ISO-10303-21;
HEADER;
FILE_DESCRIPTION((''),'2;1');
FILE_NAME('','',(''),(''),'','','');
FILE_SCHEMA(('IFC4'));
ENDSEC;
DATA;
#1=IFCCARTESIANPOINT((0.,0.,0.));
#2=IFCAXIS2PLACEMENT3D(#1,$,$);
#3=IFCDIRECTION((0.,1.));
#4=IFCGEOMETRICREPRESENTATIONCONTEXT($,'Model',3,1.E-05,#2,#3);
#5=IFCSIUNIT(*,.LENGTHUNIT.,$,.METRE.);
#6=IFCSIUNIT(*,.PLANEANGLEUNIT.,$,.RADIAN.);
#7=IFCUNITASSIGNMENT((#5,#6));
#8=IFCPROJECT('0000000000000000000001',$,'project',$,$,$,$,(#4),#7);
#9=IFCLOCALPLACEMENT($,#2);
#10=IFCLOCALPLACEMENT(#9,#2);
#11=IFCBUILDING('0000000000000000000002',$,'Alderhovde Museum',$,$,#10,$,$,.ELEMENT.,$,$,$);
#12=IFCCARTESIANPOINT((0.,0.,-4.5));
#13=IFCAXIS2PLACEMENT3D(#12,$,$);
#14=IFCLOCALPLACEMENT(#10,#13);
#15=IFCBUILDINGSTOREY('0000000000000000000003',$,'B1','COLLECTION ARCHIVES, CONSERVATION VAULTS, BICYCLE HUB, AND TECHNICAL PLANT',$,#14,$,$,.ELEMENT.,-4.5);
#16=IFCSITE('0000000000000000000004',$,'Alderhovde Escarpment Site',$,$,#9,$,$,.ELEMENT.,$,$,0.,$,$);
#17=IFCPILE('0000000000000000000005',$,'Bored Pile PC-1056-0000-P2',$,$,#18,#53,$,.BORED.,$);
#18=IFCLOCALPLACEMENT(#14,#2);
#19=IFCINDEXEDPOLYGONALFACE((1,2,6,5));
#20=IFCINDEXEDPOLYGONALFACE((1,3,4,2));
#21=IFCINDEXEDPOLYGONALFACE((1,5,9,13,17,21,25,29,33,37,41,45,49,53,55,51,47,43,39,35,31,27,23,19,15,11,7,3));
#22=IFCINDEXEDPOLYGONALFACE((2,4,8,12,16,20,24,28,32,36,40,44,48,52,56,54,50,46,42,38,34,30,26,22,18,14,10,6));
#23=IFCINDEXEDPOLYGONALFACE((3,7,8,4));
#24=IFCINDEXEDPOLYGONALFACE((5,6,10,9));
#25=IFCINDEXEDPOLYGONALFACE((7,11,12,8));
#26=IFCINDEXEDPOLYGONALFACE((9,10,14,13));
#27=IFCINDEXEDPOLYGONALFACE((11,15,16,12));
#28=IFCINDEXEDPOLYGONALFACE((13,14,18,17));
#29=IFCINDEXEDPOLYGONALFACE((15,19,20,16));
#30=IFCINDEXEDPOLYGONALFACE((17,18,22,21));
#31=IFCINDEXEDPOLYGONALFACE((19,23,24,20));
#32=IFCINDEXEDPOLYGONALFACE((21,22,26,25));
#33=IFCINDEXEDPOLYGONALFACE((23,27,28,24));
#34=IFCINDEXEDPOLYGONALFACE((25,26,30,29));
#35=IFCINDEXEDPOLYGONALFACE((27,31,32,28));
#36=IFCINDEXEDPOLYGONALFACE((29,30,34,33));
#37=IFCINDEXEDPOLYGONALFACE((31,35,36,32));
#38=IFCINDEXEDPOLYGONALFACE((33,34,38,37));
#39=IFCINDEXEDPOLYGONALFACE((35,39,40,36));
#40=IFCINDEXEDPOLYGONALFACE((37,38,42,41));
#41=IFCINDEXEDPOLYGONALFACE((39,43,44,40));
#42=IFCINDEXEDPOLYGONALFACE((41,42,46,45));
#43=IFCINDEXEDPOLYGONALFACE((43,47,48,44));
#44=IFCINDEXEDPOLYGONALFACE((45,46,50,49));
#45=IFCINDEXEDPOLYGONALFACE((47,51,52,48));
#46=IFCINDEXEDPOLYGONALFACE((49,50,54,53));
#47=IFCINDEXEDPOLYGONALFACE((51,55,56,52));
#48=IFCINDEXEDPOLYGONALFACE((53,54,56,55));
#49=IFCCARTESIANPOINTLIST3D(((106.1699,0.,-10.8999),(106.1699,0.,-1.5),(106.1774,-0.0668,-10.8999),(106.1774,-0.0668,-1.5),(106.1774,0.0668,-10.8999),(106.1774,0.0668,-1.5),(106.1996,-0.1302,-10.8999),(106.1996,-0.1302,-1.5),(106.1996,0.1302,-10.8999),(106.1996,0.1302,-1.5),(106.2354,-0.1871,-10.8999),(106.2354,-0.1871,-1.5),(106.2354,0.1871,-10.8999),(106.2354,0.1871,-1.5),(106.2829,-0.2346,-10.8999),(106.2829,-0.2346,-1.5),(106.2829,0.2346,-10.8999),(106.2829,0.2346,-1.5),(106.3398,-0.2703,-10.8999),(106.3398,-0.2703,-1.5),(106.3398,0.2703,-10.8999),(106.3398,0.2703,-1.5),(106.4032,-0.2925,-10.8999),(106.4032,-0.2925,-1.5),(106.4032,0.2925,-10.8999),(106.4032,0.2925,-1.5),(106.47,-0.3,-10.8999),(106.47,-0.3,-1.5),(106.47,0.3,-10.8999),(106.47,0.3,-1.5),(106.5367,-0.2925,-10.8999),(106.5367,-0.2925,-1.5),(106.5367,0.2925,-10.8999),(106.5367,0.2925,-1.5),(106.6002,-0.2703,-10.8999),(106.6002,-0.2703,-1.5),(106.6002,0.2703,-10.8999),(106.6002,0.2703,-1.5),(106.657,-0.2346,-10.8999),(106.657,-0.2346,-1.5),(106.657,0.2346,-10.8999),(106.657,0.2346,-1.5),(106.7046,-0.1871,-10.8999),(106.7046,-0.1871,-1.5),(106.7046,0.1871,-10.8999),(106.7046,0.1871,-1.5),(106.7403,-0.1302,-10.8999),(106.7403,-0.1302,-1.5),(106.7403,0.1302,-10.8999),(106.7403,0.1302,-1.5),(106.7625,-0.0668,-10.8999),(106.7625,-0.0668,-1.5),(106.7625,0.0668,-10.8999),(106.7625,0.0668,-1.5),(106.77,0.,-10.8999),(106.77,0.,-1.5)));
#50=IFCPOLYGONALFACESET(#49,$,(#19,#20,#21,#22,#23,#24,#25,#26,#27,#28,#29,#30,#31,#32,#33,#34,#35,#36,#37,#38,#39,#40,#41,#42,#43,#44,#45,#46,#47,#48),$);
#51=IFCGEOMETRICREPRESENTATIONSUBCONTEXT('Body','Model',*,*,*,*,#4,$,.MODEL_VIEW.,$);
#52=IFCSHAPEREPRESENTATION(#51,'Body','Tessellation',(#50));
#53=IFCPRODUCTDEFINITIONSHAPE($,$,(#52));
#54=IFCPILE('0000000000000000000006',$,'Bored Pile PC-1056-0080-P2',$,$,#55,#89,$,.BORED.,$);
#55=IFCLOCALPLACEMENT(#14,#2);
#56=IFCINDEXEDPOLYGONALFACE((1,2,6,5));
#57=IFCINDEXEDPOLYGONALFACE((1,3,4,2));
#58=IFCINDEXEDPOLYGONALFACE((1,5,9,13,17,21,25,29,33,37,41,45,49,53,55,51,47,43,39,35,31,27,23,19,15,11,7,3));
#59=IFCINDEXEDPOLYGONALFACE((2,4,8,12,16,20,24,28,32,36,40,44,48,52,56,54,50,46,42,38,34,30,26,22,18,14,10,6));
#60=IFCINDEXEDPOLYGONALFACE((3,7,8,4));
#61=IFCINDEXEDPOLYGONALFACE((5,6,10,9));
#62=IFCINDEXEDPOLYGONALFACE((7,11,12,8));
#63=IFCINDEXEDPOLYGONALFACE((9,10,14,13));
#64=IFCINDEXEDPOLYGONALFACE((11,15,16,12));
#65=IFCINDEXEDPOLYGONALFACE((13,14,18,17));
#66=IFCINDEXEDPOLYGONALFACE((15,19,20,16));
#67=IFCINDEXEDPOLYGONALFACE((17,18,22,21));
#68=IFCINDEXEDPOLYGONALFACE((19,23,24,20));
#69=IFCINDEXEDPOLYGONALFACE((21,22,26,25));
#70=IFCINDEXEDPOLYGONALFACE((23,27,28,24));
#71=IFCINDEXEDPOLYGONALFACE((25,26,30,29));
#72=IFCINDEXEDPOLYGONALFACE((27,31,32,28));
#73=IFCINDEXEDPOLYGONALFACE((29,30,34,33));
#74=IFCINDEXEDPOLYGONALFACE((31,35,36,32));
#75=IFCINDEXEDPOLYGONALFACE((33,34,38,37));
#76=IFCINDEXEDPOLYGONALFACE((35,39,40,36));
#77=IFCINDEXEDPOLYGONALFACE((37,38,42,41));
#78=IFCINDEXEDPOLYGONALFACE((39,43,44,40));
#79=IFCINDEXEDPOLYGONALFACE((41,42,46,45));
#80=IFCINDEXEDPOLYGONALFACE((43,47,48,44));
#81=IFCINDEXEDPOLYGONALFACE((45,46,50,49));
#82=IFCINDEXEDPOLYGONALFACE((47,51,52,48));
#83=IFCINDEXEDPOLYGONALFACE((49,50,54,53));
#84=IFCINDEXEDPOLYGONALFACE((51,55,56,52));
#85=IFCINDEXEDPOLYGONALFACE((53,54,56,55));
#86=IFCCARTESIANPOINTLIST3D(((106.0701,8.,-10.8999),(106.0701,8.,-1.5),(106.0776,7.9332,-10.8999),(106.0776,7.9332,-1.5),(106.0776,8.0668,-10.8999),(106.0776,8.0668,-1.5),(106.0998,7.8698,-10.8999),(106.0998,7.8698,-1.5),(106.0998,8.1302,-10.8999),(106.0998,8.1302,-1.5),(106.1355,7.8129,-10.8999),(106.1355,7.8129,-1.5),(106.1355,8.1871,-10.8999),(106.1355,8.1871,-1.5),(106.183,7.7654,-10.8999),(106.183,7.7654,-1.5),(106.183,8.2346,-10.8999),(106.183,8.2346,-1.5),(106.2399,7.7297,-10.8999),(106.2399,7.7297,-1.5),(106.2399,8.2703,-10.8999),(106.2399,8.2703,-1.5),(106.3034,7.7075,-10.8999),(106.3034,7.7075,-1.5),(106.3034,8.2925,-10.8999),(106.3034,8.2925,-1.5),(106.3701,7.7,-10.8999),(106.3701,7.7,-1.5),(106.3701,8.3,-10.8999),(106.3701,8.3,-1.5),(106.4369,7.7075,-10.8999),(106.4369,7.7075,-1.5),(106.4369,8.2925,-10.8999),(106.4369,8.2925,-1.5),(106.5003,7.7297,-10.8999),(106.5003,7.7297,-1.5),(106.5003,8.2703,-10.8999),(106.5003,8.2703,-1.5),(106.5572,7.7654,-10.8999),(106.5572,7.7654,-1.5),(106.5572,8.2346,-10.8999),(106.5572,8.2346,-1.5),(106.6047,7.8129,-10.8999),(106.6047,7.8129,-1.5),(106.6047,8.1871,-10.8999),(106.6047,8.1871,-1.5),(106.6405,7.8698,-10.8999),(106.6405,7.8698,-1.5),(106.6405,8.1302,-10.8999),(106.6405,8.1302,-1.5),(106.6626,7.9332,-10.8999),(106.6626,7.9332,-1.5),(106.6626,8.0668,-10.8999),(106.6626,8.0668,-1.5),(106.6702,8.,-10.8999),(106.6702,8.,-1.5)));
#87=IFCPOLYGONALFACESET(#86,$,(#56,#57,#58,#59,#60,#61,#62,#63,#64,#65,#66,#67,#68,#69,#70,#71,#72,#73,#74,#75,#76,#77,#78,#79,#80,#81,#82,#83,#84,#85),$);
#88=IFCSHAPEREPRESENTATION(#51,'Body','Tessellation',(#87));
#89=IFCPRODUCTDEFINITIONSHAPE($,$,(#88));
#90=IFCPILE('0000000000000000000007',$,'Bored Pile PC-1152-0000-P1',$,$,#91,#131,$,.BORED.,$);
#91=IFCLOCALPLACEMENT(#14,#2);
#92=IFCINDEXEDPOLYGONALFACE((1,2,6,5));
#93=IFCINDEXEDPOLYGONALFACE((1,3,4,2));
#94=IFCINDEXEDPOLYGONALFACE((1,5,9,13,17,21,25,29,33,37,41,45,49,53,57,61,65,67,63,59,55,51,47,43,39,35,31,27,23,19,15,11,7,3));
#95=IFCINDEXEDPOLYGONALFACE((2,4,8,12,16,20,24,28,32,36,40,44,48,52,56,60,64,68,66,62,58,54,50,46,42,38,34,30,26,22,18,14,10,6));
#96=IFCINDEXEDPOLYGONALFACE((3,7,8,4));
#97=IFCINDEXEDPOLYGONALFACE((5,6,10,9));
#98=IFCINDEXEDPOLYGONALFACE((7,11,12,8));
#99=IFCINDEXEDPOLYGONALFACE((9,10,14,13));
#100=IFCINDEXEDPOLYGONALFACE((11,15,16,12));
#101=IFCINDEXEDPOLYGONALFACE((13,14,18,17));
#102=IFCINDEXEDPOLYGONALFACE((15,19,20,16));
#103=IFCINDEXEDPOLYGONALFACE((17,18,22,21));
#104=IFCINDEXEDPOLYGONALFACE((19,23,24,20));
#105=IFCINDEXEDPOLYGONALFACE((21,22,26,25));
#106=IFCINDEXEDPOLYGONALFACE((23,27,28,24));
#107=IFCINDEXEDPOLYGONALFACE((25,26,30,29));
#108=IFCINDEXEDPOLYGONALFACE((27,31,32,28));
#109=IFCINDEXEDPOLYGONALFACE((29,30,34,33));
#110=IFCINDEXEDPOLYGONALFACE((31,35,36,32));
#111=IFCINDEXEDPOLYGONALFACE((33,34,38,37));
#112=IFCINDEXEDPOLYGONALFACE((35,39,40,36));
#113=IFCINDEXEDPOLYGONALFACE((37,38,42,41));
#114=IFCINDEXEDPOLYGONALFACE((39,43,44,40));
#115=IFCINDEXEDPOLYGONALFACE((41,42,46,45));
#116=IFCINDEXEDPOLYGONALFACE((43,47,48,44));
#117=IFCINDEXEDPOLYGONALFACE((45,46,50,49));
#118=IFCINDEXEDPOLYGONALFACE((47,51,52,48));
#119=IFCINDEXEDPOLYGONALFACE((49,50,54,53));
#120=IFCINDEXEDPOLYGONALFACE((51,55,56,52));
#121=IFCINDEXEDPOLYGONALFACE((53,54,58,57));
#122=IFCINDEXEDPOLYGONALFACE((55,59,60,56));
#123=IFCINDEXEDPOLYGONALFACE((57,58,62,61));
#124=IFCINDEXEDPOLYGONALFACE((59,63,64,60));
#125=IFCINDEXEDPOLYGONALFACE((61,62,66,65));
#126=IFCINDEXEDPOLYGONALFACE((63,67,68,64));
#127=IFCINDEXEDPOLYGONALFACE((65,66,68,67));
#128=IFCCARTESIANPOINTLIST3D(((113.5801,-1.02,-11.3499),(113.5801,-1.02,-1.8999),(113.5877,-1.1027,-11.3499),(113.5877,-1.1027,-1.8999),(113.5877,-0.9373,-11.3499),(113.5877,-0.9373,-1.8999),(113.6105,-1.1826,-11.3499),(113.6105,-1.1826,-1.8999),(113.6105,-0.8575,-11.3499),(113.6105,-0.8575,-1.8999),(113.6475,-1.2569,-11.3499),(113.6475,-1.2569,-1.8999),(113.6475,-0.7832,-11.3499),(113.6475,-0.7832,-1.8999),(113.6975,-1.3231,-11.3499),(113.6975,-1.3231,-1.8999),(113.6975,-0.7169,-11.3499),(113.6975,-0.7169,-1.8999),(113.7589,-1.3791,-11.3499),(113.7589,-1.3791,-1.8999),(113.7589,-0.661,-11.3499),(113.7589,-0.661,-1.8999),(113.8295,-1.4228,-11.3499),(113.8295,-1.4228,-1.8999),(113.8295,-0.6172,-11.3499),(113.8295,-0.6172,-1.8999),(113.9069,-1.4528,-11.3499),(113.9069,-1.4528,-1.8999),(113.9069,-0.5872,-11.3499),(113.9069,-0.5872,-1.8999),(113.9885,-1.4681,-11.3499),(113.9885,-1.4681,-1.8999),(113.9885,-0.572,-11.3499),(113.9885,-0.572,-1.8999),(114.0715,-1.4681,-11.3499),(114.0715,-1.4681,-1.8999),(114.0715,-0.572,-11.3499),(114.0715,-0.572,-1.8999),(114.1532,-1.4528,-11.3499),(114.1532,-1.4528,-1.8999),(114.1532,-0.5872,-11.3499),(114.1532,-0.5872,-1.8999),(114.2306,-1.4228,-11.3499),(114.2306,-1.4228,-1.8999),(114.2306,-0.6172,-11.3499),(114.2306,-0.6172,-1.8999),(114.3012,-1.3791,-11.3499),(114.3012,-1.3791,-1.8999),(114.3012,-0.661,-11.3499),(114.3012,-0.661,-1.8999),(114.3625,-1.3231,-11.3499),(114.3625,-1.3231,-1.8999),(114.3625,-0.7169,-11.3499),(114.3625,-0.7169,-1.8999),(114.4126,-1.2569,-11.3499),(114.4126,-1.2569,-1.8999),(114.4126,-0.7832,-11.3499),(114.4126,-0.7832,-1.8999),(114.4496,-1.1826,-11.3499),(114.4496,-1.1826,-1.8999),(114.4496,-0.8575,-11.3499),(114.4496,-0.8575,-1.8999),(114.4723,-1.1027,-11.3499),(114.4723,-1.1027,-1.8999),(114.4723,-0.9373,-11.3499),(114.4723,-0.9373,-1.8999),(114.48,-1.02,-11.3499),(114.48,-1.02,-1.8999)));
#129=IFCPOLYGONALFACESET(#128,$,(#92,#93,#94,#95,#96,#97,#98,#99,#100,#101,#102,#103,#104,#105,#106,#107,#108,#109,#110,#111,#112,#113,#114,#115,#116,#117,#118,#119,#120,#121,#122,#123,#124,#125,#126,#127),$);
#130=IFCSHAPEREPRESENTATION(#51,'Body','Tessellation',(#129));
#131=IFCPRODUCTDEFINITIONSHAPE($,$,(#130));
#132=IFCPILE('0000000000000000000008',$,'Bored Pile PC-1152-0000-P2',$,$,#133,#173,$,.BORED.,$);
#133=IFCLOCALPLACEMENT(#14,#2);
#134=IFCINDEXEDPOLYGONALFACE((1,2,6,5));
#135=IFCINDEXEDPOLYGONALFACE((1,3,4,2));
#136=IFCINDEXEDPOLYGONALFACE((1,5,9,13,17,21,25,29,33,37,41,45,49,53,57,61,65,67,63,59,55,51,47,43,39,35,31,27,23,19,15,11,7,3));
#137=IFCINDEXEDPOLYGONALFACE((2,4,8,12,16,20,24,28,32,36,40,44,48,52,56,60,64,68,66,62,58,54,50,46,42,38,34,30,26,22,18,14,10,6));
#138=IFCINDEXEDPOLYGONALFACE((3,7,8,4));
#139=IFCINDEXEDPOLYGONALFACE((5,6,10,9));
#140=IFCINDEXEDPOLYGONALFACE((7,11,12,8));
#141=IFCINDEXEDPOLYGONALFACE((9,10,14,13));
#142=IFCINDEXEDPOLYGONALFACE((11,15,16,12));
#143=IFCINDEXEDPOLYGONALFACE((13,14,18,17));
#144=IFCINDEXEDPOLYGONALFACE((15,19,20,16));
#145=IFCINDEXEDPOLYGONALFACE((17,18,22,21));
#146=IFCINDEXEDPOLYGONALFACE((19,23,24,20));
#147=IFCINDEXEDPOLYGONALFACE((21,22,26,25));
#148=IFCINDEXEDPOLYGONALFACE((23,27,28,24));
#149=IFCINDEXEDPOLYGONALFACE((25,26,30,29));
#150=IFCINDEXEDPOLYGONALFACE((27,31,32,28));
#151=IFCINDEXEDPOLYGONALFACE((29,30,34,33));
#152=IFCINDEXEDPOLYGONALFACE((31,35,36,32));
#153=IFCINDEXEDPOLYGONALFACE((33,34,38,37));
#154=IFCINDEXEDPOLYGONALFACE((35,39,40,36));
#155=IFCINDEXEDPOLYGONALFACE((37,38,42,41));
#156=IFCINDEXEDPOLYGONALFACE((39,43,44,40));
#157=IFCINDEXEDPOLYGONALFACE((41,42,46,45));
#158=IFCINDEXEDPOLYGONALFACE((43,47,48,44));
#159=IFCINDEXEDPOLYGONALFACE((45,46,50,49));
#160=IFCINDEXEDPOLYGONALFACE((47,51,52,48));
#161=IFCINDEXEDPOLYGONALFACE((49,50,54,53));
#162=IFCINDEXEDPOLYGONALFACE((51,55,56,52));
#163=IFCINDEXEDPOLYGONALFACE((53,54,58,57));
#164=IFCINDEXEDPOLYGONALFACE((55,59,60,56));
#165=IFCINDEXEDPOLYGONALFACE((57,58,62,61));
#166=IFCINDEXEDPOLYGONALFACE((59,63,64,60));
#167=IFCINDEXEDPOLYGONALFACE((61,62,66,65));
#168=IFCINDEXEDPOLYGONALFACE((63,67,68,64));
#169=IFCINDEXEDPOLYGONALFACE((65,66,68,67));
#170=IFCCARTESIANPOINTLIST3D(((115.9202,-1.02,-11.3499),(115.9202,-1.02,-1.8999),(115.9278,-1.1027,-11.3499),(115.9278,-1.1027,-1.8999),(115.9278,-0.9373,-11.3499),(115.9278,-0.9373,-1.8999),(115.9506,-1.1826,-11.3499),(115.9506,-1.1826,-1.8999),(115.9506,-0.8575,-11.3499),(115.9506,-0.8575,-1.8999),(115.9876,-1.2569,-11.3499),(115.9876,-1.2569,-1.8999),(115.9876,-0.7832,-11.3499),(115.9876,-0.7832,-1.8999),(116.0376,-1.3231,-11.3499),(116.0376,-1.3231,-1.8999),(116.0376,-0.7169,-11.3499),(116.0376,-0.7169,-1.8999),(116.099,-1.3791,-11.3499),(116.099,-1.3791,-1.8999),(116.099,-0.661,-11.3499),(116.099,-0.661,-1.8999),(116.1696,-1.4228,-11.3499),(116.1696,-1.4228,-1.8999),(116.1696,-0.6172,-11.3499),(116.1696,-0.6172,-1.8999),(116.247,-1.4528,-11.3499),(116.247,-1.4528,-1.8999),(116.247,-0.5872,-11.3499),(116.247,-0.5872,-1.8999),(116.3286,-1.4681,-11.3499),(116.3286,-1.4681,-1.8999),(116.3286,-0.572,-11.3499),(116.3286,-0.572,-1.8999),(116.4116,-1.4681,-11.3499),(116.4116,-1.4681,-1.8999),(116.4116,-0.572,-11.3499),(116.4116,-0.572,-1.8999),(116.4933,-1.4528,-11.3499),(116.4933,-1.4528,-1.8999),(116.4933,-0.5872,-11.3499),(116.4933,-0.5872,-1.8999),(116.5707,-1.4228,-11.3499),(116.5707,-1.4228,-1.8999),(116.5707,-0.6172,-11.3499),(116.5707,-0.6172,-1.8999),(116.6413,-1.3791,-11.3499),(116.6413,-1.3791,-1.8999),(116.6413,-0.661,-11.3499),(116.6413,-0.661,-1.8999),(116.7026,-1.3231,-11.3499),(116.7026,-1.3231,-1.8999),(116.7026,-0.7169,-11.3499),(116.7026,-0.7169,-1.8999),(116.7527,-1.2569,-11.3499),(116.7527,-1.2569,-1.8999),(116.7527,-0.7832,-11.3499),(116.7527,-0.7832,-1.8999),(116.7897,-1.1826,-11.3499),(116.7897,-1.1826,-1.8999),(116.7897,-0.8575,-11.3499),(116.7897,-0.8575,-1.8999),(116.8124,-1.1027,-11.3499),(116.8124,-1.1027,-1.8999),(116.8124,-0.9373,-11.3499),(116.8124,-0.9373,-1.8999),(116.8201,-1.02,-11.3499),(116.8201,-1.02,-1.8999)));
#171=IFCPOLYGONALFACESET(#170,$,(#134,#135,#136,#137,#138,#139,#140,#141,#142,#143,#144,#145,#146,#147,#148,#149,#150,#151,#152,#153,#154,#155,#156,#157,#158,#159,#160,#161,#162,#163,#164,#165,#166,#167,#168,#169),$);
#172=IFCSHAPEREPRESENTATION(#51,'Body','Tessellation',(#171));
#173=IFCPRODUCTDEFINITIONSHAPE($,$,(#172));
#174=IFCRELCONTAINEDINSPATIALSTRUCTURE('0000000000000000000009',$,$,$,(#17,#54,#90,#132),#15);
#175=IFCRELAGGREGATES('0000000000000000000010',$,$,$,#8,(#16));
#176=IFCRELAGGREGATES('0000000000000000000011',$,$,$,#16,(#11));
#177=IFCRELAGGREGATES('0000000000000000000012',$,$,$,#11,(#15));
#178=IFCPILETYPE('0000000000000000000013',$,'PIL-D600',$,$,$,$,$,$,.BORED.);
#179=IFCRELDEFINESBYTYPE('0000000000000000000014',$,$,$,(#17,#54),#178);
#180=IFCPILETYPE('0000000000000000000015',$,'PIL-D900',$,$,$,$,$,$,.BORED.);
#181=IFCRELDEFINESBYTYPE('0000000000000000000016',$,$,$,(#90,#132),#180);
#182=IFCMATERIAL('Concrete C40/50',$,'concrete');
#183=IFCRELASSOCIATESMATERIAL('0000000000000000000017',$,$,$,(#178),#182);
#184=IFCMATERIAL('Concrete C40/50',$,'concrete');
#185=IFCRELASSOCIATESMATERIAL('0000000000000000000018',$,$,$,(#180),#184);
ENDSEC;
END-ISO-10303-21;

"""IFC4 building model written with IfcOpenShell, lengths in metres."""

from ifc_helpers import new_model, si_unit, direction, frame, origin, origin_2d, place, context, subcontext, project, spatial, circle, extrude, material, material_profile, profile_set, type_object, element, save


model = new_model("IFC4")

# Units and contexts
model_context = context("Model", 3, precision=1e-05, world=origin(), true_north=direction((0.0, 1.0)))
body_context = subcontext(model_context, "Body", "Model", "MODEL_VIEW")
ifc_project = project(units=[si_unit("LENGTHUNIT", "METRE"), si_unit("PLANEANGLEUNIT", "RADIAN")], contexts=[model_context])

# Site, building, storey
site_placement = place(None, origin())
site = spatial("IfcSite", under=ifc_project, at=site_placement, Name="Alderhovde Escarpment Site", CompositionType="ELEMENT", RefElevation=0.0)
building_placement = place(site_placement, origin())
building = spatial("IfcBuilding", under=site, at=building_placement, Name="Alderhovde Museum", CompositionType="ELEMENT")
storey_placement = place(building_placement, frame((0.0, 0.0, -4.5)))
storey = spatial("IfcBuildingStorey", under=building, at=storey_placement, Name="B1", Description="COLLECTION ARCHIVES, CONSERVATION VAULTS, BICYCLE HUB, AND TECHNICAL PLANT", CompositionType="ELEMENT", Elevation=-4.5)

# Piles
ifc_material_1 = material(Name="Concrete C40/50", Category="concrete")
ifc_material_profile_1 = material_profile(ifc_material_1, circle(Radius=0.3, at=origin_2d()), Name="PILE-D600")
ifc_profile_set_1 = profile_set([ifc_material_profile_1], Name="Concrete C40/50")
pile_type_1 = type_object("IfcPileType", Name="PIL-D600", PredefinedType="BORED", material=ifc_profile_set_1)
for number, where, z_axis, x_axis, name in (
    (1, (106.47, 0.0, -1.5), (0.0, 0.0, -1.0), (1.0, 0.0, 0.0), "Bored Pile PC-1056-0000-P2"),
    (2, (106.3701, 8.0, -1.5), (0.0, 0.0, -1.0), (1.0, 0.0, 0.0), "Bored Pile PC-1056-0080-P2"),
):
    element("IfcPile", number, at=place(storey_placement, frame(where, z_axis=z_axis, x_axis=x_axis)), inside=storey, type_object=pile_type_1, Name=name, PredefinedType="BORED", context=body_context, shape_type="SweptSolid", body=[
        extrude(circle(Radius=0.3, at=origin_2d()), origin(), (0.0, 0.0, 1.0), 9.3999),
    ])
ifc_material_2 = material(Name="Concrete C40/50", Category="concrete")
ifc_material_profile_2 = material_profile(ifc_material_2, circle(Radius=0.45, at=origin_2d()), Name="PILE-D900")
ifc_profile_set_2 = profile_set([ifc_material_profile_2], Name="Concrete C40/50")
pile_type_2 = type_object("IfcPileType", Name="PIL-D900", PredefinedType="BORED", material=ifc_profile_set_2)
for number, where, z_axis, x_axis, name in (
    (3, (114.03, -1.02, -1.8999), (0.0, 0.0, -1.0), (1.0, 0.0, 0.0), "Bored Pile PC-1152-0000-P1"),
    (4, (116.3701, -1.02, -1.8999), (0.0, 0.0, -1.0), (1.0, 0.0, 0.0), "Bored Pile PC-1152-0000-P2"),
):
    element("IfcPile", number, at=place(storey_placement, frame(where, z_axis=z_axis, x_axis=x_axis)), inside=storey, type_object=pile_type_2, Name=name, PredefinedType="BORED", context=body_context, shape_type="SweptSolid", body=[
        extrude(circle(Radius=0.45, at=origin_2d()), origin(), (0.0, 0.0, 1.0), 9.45),
    ])

save(model, "model.ifc")
